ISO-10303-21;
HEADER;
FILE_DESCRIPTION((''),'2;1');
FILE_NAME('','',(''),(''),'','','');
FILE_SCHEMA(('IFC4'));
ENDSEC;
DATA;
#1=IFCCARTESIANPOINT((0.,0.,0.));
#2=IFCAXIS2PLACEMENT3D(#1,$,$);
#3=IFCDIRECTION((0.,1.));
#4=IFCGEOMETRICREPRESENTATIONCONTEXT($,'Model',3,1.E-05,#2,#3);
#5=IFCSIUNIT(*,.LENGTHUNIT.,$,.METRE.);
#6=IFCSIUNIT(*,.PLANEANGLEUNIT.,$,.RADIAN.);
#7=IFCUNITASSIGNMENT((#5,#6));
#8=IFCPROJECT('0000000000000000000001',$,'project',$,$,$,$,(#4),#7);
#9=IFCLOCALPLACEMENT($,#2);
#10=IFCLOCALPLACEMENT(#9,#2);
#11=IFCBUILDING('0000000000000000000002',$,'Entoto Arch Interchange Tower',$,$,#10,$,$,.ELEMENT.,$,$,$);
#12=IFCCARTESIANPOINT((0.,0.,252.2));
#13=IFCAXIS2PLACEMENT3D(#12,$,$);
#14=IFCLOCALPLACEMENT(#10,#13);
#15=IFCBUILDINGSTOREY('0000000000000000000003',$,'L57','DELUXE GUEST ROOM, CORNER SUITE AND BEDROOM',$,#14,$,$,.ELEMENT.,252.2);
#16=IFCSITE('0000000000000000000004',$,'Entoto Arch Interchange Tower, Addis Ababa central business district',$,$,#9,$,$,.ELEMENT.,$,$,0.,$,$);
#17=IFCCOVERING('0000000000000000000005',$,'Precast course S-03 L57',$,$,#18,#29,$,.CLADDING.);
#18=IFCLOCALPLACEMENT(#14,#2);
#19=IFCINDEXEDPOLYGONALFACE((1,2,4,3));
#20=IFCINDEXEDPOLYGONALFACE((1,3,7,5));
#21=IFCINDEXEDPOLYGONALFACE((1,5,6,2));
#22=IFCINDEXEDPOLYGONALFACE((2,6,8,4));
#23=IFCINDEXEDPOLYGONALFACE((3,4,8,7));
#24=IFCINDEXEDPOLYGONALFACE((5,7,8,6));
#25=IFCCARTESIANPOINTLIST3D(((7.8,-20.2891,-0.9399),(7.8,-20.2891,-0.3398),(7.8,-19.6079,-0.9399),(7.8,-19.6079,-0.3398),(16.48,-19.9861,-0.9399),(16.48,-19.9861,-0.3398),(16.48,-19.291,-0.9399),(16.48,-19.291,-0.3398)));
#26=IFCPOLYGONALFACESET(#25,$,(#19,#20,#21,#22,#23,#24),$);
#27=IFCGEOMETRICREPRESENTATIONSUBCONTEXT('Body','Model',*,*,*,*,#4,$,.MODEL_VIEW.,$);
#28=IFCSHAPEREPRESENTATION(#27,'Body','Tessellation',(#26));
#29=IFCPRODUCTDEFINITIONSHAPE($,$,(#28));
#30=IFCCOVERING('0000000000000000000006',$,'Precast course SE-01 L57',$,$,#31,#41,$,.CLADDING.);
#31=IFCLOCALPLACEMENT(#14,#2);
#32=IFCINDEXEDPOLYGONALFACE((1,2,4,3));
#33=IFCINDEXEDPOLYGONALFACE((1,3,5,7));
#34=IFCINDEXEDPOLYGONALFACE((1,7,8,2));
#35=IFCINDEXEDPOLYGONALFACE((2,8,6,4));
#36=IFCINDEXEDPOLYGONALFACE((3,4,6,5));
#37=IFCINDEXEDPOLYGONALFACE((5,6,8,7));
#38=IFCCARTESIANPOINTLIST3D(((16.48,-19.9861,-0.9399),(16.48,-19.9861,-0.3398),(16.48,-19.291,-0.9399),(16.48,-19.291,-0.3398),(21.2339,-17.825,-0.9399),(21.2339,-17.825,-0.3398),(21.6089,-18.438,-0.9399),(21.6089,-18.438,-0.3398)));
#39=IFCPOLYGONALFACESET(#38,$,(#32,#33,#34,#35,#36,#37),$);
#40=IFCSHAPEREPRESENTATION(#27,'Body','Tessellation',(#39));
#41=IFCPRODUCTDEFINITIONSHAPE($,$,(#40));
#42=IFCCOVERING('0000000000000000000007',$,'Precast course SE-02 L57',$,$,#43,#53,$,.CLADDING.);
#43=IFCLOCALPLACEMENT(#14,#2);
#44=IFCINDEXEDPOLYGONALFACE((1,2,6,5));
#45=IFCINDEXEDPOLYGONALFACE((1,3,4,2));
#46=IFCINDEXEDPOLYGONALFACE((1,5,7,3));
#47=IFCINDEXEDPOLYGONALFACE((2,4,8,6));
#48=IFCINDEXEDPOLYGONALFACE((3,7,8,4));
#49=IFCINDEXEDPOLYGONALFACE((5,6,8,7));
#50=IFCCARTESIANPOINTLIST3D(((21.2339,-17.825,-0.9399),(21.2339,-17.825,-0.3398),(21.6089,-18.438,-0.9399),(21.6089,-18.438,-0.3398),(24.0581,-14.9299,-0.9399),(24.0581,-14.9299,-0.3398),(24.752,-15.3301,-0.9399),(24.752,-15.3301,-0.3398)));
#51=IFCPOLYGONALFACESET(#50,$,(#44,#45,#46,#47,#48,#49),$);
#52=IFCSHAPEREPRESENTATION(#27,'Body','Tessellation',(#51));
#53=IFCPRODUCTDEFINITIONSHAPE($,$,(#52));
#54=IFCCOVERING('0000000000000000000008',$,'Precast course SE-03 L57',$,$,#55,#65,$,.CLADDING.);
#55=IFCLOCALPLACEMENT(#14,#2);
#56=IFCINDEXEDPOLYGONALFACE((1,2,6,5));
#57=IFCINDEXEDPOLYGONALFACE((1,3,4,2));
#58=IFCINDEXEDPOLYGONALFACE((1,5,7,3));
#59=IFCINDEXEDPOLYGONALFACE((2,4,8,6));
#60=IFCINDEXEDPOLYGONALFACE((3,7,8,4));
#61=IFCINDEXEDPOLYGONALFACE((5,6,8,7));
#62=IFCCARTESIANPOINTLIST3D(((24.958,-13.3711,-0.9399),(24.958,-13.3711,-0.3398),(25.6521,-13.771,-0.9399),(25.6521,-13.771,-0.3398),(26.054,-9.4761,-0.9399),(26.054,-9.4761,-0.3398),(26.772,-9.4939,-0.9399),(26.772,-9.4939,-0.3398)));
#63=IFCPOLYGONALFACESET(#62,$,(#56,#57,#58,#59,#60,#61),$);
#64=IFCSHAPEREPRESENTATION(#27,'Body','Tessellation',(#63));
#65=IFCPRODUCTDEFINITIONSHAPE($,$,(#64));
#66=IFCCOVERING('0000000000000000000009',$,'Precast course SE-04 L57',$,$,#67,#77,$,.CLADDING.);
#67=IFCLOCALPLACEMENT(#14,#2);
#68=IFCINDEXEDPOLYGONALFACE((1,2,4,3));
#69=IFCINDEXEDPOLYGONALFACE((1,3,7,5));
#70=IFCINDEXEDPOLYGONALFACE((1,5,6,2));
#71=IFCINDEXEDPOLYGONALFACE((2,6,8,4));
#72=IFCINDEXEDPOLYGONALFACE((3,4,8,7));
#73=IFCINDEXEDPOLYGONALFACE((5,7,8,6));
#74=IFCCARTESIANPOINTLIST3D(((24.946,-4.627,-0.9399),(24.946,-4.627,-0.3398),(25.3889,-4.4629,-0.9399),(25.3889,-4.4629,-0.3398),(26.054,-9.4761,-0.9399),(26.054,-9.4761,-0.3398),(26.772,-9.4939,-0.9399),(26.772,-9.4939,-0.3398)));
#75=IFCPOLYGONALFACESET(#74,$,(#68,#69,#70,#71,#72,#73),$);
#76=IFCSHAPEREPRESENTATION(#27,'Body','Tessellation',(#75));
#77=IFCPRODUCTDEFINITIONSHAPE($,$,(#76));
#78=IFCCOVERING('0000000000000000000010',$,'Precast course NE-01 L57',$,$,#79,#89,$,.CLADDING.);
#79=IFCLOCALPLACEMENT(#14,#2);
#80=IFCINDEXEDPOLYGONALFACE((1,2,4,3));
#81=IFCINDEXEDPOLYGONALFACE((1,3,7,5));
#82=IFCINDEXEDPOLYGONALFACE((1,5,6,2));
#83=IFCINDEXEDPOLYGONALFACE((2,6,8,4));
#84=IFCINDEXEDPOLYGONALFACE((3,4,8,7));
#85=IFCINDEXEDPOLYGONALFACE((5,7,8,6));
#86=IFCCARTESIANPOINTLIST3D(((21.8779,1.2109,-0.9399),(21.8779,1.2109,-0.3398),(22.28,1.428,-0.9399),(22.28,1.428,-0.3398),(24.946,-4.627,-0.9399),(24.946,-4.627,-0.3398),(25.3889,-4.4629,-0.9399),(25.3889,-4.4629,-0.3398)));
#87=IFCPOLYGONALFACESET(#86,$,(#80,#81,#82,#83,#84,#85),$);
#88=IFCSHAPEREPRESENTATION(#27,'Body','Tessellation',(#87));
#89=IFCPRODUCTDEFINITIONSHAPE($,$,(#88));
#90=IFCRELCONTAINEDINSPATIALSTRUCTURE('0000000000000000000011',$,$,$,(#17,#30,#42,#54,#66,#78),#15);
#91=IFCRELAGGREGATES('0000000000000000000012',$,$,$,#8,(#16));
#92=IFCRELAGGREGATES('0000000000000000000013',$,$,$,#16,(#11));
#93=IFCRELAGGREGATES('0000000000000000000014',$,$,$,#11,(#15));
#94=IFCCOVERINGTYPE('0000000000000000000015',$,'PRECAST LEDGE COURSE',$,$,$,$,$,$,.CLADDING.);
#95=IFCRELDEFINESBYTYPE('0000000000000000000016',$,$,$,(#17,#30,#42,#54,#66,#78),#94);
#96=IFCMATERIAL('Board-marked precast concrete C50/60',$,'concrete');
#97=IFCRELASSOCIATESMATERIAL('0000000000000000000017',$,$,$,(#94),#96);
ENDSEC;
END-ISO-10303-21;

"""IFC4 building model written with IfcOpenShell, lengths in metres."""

from ifc_helpers import new_model, si_unit, direction, frame, origin, place, context, subcontext, project, spatial, polyline, outline, extrude, material, type_object, element, save


model = new_model("IFC4")

# Units and contexts
model_context = context("Model", 3, precision=1e-05, world=origin(), true_north=direction((0.0, 1.0)))
body_context = subcontext(model_context, "Body", "Model", "MODEL_VIEW")
ifc_project = project(units=[si_unit("LENGTHUNIT", "METRE"), si_unit("PLANEANGLEUNIT", "RADIAN")], contexts=[model_context])

# Site, building, storey
site_placement = place(None, origin())
site = spatial("IfcSite", under=ifc_project, at=site_placement, Name="Entoto Arch Interchange Tower, Addis Ababa central business district", CompositionType="ELEMENT", RefElevation=0.0)
building_placement = place(site_placement, origin())
building = spatial("IfcBuilding", under=site, at=building_placement, Name="Entoto Arch Interchange Tower", CompositionType="ELEMENT")
storey_placement = place(building_placement, frame((0.0, 0.0, 252.2)))
storey = spatial("IfcBuildingStorey", under=building, at=storey_placement, Name="L57", Description="DELUXE GUEST ROOM, CORNER SUITE AND BEDROOM", CompositionType="ELEMENT", Elevation=252.2)

# Coverings
ifc_material_1 = material(Name="Board-marked precast concrete C50/60", Category="concrete")
covering_type = type_object("IfcCoveringType", Name="PRECAST LEDGE COURSE", PredefinedType="CLADDING", material=ifc_material_1)
covering_1_placement = place(storey_placement, frame((0.0, 0.0, -0.9399)))
element("IfcCovering", 1, at=covering_1_placement, inside=storey, type_object=covering_type, Name="Precast course S-03 L57", PredefinedType="CLADDING", context=body_context, shape_type="SweptSolid", body=[
    extrude(outline(polyline([(16.48, -19.291), (16.48, -19.9861), (7.8, -20.2891), (7.8, -19.6079), (16.48, -19.291)])), origin(), (0.0, 0.0, 1.0), 0.6001),
])
covering_2_placement = place(storey_placement, frame((0.0, 0.0, -0.9399)))
element("IfcCovering", 2, at=covering_2_placement, inside=storey, type_object=covering_type, Name="Precast course SE-01 L57", PredefinedType="CLADDING", context=body_context, shape_type="SweptSolid", body=[
    extrude(outline(polyline([(21.2339, -17.825), (21.6089, -18.438), (16.48, -19.9861), (16.48, -19.291), (21.2339, -17.825)])), origin(), (0.0, 0.0, 1.0), 0.6001),
])
covering_3_placement = place(storey_placement, frame((0.0, 0.0, -0.9399)))
element("IfcCovering", 3, at=covering_3_placement, inside=storey, type_object=covering_type, Name="Precast course SE-02 L57", PredefinedType="CLADDING", context=body_context, shape_type="SweptSolid", body=[
    extrude(outline(polyline([(24.0581, -14.9299), (24.752, -15.3301), (21.6089, -18.438), (21.2339, -17.825), (24.0581, -14.9299)])), origin(), (0.0, 0.0, 1.0), 0.6001),
])
covering_4_placement = place(storey_placement, frame((0.0, 0.0, -0.9399)))
element("IfcCovering", 4, at=covering_4_placement, inside=storey, type_object=covering_type, Name="Precast course SE-03 L57", PredefinedType="CLADDING", context=body_context, shape_type="SweptSolid", body=[
    extrude(outline(polyline([(26.054, -9.4761), (26.772, -9.4939), (25.6521, -13.771), (24.958, -13.3711), (26.054, -9.4761)])), origin(), (0.0, 0.0, 1.0), 0.6001),
])
covering_5_placement = place(storey_placement, frame((0.0, 0.0, -0.9399)))
element("IfcCovering", 5, at=covering_5_placement, inside=storey, type_object=covering_type, Name="Precast course SE-04 L57", PredefinedType="CLADDING", context=body_context, shape_type="SweptSolid", body=[
    extrude(outline(polyline([(24.946, -4.627), (25.3889, -4.4629), (26.772, -9.4939), (26.054, -9.4761), (24.946, -4.627)])), origin(), (0.0, 0.0, 1.0), 0.6001),
])
covering_6_placement = place(storey_placement, frame((0.0, 0.0, -0.9399)))
element("IfcCovering", 6, at=covering_6_placement, inside=storey, type_object=covering_type, Name="Precast course NE-01 L57", PredefinedType="CLADDING", context=body_context, shape_type="SweptSolid", body=[
    extrude(outline(polyline([(21.8779, 1.2109), (22.28, 1.428), (25.3889, -4.4629), (24.946, -4.627), (21.8779, 1.2109)])), origin(), (0.0, 0.0, 1.0), 0.6001),
])

save(model, "model.ifc")
